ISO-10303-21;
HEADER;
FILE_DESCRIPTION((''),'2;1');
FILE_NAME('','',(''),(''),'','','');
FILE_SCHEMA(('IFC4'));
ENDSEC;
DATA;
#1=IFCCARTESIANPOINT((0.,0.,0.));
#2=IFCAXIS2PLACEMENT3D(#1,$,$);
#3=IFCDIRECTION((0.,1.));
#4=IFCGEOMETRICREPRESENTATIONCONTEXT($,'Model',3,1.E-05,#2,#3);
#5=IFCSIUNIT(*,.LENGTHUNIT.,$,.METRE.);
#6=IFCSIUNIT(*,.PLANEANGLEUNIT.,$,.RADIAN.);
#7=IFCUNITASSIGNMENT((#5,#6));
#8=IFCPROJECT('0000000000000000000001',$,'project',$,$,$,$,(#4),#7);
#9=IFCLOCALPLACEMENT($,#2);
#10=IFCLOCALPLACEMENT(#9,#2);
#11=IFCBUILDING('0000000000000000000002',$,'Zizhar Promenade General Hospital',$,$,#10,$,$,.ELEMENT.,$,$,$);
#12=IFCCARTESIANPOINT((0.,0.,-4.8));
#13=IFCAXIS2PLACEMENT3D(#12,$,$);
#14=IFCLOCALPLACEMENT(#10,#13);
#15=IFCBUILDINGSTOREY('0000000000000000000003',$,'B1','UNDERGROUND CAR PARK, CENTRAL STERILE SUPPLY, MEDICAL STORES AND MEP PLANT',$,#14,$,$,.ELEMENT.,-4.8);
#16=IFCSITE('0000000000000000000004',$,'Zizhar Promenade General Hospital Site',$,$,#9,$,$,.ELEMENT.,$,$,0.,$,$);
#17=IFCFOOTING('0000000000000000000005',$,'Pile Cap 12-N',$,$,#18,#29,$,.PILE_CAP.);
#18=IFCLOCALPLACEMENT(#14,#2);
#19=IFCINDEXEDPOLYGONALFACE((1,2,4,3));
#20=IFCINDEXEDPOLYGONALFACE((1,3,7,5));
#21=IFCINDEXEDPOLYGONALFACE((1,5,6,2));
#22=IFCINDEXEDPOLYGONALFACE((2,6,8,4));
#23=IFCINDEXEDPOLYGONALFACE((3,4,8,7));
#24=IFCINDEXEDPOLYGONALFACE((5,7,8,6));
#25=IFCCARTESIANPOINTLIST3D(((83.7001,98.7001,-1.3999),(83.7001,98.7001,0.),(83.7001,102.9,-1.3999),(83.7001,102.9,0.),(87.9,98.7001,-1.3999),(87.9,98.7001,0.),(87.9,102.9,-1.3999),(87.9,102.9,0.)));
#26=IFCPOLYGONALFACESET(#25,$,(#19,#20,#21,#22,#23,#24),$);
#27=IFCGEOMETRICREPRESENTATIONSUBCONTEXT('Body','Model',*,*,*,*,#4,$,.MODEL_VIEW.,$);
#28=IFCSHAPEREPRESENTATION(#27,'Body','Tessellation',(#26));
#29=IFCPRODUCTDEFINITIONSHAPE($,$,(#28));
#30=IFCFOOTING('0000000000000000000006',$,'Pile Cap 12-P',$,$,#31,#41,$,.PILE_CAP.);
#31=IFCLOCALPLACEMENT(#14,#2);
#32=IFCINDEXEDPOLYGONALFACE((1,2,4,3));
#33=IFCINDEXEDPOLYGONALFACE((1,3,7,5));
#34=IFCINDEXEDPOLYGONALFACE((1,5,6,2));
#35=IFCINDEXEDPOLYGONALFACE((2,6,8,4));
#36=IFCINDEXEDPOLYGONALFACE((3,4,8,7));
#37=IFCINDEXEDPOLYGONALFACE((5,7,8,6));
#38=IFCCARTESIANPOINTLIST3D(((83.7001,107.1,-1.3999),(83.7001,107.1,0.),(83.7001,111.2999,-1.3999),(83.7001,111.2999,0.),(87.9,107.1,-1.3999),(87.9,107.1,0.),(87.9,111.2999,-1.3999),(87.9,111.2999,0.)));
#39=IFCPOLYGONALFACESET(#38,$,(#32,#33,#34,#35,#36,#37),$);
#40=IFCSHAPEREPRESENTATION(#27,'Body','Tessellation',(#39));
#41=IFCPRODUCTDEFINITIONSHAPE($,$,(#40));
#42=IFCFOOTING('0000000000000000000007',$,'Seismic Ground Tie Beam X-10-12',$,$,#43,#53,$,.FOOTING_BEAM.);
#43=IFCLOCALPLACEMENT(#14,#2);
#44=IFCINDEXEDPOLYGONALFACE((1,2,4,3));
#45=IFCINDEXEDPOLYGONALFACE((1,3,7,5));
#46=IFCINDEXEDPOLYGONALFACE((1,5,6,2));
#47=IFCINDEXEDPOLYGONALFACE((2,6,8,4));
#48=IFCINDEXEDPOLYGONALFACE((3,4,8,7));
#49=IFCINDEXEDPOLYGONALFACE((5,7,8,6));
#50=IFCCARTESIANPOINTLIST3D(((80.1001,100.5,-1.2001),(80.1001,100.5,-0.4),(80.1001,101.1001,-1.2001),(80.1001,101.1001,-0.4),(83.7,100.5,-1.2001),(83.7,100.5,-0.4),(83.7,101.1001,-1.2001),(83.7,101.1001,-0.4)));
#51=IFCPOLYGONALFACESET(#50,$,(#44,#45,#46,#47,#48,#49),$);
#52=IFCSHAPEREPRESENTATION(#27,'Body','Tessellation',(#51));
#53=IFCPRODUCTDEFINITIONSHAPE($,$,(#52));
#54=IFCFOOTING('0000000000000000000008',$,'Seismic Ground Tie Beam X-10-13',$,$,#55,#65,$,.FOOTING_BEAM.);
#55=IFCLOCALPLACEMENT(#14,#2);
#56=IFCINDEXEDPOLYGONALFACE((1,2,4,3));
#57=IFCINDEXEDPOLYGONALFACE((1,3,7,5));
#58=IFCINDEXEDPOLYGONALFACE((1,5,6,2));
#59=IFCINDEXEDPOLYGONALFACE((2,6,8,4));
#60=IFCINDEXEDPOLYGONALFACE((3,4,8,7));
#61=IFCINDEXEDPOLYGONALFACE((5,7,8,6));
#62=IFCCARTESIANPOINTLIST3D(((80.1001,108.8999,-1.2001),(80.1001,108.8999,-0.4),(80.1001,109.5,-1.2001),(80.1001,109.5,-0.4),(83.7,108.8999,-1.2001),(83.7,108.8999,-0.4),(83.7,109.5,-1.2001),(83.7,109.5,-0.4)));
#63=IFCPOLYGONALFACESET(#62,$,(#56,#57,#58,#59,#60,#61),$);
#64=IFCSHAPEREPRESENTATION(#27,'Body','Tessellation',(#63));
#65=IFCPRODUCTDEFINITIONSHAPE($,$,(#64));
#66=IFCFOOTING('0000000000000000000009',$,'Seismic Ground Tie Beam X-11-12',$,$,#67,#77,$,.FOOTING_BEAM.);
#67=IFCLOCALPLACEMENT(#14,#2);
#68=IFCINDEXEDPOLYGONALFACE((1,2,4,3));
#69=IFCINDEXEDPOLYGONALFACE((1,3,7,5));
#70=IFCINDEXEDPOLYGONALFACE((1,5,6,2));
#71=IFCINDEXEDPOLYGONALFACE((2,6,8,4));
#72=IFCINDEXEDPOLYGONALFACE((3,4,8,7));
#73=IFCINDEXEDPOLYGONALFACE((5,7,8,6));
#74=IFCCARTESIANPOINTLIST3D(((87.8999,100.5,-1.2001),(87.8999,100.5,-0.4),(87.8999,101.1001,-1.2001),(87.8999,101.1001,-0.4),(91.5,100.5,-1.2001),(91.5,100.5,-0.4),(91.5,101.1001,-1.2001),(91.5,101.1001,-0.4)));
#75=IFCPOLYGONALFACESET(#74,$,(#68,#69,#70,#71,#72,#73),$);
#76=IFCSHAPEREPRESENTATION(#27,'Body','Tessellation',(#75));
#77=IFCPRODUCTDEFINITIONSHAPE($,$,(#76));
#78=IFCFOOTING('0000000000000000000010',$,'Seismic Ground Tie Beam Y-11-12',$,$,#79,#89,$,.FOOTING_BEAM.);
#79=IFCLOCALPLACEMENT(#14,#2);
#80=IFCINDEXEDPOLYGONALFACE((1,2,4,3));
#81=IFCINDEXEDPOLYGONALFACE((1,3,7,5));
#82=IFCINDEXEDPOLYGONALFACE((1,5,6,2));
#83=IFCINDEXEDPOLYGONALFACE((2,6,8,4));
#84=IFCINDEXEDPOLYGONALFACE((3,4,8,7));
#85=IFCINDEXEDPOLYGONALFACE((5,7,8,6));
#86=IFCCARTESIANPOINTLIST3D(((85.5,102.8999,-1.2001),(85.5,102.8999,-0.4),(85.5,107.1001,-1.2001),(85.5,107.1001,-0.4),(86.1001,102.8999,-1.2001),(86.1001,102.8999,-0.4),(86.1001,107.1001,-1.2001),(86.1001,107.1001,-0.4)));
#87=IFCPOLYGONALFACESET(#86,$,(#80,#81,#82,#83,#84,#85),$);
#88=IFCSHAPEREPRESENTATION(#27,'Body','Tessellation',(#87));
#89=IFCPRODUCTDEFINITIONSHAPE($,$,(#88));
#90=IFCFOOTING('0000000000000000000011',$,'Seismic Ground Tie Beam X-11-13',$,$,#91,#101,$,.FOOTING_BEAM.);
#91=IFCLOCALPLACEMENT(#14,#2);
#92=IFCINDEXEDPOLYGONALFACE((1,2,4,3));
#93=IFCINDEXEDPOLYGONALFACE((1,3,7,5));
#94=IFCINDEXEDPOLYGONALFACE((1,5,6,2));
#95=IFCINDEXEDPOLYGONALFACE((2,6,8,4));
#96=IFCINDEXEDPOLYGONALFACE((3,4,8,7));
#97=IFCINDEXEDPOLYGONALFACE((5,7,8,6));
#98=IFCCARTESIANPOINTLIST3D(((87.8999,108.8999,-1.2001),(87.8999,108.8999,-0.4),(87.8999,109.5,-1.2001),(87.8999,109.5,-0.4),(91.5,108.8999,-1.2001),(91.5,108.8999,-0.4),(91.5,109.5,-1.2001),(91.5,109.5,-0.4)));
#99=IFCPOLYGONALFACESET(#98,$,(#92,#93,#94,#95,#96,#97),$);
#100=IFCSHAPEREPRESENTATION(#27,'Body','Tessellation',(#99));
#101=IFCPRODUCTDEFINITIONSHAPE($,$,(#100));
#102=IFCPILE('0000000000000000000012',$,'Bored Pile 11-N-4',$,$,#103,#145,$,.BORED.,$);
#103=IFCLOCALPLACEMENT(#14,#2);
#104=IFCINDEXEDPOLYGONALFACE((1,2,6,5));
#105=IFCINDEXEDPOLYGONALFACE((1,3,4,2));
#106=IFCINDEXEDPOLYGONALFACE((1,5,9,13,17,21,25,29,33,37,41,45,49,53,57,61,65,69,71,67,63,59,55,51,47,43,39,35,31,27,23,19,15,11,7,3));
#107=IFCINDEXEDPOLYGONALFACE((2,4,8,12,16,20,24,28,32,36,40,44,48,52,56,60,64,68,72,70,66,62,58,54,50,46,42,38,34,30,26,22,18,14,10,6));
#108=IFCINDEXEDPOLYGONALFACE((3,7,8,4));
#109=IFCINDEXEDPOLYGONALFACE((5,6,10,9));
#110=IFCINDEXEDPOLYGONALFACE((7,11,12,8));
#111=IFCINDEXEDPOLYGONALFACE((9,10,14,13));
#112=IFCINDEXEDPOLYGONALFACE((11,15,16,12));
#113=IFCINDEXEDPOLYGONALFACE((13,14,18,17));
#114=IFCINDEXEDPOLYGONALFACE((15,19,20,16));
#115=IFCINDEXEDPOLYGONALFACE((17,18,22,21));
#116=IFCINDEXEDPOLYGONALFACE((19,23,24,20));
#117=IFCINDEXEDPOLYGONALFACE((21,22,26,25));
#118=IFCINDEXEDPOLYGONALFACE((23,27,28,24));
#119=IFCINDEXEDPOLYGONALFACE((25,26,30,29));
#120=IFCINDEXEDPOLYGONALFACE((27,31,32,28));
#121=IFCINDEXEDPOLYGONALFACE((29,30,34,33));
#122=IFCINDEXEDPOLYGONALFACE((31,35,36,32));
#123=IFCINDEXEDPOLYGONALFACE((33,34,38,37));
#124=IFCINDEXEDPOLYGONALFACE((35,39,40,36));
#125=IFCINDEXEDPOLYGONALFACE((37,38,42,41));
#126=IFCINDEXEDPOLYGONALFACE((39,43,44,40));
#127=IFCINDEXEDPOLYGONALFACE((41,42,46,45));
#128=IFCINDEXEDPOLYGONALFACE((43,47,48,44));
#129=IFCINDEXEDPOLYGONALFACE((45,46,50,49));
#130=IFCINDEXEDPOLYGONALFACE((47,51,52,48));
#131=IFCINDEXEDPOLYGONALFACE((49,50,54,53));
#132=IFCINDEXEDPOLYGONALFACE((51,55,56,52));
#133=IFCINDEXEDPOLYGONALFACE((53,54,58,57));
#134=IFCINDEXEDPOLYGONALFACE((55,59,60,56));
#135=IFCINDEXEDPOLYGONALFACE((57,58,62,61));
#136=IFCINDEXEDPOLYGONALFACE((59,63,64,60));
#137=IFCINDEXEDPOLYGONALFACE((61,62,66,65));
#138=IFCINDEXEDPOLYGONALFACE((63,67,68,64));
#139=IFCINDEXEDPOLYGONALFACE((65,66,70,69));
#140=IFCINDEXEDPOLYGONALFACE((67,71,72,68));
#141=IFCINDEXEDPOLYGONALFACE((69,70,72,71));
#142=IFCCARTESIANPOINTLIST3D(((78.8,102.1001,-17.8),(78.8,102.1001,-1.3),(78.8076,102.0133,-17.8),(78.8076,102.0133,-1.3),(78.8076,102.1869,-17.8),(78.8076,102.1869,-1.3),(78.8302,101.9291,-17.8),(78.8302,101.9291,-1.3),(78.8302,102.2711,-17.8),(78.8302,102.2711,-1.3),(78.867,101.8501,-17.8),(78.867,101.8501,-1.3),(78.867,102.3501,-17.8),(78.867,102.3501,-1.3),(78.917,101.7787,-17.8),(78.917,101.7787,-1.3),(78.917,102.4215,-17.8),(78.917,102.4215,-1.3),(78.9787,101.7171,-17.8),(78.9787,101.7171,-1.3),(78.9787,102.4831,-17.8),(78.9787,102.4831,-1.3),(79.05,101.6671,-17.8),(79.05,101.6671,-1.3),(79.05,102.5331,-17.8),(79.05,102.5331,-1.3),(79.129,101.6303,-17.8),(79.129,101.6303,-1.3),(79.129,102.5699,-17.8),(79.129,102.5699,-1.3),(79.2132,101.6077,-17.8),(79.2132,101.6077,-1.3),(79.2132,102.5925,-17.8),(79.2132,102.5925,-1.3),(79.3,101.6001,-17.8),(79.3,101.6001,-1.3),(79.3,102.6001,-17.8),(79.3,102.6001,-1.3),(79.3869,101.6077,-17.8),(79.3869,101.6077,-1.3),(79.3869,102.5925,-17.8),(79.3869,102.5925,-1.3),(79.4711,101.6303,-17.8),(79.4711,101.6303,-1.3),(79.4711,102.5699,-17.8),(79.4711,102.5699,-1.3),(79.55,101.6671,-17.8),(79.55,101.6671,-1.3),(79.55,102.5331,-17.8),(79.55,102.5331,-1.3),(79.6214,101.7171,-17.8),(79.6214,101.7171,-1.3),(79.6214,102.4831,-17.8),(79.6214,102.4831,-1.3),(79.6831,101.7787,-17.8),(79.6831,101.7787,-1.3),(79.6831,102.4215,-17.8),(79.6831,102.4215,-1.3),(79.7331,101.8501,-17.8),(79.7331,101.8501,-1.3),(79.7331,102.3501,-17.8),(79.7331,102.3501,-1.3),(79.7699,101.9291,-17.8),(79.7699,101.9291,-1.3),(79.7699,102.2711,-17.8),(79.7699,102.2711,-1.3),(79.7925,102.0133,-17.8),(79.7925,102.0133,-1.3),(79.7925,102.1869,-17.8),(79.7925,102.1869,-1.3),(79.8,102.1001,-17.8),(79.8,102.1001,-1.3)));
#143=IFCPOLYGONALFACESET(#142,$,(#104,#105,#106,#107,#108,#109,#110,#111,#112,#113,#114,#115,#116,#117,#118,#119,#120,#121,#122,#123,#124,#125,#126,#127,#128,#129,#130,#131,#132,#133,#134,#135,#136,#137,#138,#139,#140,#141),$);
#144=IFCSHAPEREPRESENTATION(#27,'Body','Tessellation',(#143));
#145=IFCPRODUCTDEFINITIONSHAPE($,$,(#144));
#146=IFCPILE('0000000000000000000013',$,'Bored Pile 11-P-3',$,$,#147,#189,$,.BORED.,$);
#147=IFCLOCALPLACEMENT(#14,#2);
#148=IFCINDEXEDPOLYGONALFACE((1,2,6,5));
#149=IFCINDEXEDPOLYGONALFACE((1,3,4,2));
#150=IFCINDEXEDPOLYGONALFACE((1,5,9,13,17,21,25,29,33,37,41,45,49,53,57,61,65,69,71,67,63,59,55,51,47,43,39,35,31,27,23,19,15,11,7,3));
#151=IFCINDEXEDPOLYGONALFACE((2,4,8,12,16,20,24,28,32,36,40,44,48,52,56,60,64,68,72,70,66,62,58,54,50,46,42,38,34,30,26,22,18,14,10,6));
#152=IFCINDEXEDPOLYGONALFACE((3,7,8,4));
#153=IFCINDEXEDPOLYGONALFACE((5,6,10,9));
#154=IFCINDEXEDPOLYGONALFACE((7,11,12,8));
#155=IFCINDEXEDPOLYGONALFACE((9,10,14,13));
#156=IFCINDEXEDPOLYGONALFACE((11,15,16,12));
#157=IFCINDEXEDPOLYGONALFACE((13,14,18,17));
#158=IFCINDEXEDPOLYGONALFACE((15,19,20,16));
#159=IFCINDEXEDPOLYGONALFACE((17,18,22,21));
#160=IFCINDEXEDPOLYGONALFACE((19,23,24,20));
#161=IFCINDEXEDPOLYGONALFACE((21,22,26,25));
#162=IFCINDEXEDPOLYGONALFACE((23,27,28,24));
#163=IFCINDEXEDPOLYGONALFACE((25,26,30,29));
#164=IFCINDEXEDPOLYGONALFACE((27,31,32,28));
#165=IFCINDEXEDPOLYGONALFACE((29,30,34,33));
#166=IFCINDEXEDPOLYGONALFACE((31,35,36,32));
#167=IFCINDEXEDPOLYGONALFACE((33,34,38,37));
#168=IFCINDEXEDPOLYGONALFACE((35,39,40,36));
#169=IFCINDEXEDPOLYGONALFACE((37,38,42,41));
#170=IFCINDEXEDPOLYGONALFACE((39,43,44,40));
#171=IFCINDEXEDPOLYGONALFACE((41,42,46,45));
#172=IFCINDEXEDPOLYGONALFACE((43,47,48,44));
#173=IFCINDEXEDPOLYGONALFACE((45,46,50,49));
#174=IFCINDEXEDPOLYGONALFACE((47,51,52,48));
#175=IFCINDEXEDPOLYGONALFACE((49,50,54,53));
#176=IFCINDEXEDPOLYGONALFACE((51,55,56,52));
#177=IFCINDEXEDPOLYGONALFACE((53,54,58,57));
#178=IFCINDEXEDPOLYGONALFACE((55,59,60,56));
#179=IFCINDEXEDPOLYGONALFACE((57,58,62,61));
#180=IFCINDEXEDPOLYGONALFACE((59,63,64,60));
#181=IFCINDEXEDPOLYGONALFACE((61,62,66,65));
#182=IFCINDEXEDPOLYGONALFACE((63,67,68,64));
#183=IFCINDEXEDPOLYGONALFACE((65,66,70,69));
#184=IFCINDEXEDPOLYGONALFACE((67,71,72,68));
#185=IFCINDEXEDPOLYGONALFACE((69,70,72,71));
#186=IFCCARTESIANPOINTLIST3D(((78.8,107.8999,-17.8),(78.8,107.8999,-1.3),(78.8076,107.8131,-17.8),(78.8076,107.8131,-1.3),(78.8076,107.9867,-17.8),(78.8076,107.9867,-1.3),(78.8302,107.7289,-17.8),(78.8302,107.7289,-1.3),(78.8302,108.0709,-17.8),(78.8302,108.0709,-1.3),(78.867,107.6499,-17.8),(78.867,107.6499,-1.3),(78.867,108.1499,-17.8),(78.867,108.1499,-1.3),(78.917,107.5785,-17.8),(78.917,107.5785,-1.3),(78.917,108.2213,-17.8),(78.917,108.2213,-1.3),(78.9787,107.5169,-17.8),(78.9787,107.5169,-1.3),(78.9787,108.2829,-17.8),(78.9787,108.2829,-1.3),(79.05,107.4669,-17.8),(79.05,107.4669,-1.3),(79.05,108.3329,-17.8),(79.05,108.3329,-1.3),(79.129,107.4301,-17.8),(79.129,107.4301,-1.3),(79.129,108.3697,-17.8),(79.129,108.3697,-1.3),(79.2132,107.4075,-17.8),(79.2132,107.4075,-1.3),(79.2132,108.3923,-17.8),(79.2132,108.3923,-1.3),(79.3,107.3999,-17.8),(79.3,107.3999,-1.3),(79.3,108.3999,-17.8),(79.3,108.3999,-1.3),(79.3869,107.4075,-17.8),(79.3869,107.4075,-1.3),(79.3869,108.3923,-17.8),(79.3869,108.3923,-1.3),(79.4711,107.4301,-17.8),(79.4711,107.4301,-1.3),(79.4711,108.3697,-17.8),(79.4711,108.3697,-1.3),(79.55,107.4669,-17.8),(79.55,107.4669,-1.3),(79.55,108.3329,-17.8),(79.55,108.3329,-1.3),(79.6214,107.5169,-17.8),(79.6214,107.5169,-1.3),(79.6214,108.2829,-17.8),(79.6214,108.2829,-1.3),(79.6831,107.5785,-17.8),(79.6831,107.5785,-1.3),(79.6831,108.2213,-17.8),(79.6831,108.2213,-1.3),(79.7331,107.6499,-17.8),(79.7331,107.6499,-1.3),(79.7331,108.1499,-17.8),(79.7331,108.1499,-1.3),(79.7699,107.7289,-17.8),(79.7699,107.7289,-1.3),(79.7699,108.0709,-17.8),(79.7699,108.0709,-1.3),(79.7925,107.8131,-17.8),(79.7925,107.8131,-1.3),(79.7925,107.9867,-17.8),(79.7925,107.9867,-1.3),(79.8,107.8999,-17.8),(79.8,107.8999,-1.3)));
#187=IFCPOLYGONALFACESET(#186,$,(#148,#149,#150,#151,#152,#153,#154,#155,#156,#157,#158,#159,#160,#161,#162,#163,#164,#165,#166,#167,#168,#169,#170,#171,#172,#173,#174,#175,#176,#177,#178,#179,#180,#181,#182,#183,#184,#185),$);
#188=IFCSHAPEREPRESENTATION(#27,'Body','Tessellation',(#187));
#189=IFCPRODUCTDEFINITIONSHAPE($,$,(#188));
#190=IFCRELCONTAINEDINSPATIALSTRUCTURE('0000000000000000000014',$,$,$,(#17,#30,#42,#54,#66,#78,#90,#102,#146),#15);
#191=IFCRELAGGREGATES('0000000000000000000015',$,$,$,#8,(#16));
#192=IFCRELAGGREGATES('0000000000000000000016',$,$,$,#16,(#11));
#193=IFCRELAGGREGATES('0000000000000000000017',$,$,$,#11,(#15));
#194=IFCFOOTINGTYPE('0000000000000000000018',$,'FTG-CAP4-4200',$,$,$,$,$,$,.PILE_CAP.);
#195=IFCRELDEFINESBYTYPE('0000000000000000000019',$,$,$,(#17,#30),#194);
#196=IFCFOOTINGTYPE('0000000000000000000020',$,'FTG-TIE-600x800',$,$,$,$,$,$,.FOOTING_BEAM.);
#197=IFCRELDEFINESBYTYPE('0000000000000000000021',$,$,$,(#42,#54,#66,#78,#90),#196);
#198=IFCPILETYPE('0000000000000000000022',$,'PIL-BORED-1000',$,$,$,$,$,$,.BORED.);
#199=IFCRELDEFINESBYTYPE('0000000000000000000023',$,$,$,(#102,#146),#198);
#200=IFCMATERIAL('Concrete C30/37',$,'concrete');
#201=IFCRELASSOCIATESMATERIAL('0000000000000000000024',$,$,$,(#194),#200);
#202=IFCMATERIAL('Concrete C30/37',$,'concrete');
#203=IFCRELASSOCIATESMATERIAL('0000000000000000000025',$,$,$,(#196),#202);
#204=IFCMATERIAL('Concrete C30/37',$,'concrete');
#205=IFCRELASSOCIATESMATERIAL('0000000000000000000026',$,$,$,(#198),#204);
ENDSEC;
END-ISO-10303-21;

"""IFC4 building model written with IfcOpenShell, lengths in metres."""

from ifc_helpers import new_model, si_unit, direction, frame, origin, origin_2d, place, context, subcontext, project, spatial, rectangle, circle, extrude, material, material_profile, profile_set, type_object, element, save


model = new_model("IFC4")

# Units and contexts
model_context = context("Model", 3, precision=1e-05, world=origin(), true_north=direction((0.0, 1.0)))
body_context = subcontext(model_context, "Body", "Model", "MODEL_VIEW")
ifc_project = project(units=[si_unit("LENGTHUNIT", "METRE"), si_unit("PLANEANGLEUNIT", "RADIAN")], contexts=[model_context])

# Site, building, storey
site_placement = place(None, origin())
site = spatial("IfcSite", under=ifc_project, at=site_placement, Name="Zizhar Promenade General Hospital Site", CompositionType="ELEMENT", RefElevation=0.0)
building_placement = place(site_placement, origin())
building = spatial("IfcBuilding", under=site, at=building_placement, Name="Zizhar Promenade General Hospital", CompositionType="ELEMENT")
storey_placement = place(building_placement, frame((0.0, 0.0, -4.8)))
storey = spatial("IfcBuildingStorey", under=building, at=storey_placement, Name="B1", Description="UNDERGROUND CAR PARK, CENTRAL STERILE SUPPLY, MEDICAL STORES AND MEP PLANT", CompositionType="ELEMENT", Elevation=-4.8)

# Footings
ifc_material_1 = material(Name="Concrete C30/37", Category="concrete")
footing_type_1 = type_object("IfcFootingType", Name="FTG-CAP4-4200", PredefinedType="PILE_CAP", material=ifc_material_1)
for number, where, z_axis, x_axis, name in (
    (1, (85.8, 100.8, -1.3999), (0.0, 0.0, 1.0), (1.0, 0.0, 0.0), "Pile Cap 12-N"),
    (2, (85.8, 109.2, -1.3999), (0.0, 0.0, 1.0), (1.0, 0.0, 0.0), "Pile Cap 12-P"),
):
    element("IfcFooting", number, at=place(storey_placement, frame(where, z_axis=z_axis, x_axis=x_axis)), inside=storey, type_object=footing_type_1, Name=name, PredefinedType="PILE_CAP", context=body_context, shape_type="SweptSolid", body=[
        extrude(rectangle(XDim=4.2, YDim=4.2, at=origin_2d()), origin(), (0.0, 0.0, 1.0), 1.3999),
    ])
ifc_material_2 = material(Name="Concrete C30/37", Category="concrete")
ifc_material_profile_1 = material_profile(ifc_material_2, rectangle(XDim=0.6001, YDim=0.8, at=origin_2d()))
ifc_profile_set_1 = profile_set([ifc_material_profile_1], Name="Concrete C30/37")
footing_type_2 = type_object("IfcFootingType", Name="FTG-TIE-600x800", PredefinedType="FOOTING_BEAM", material=ifc_profile_set_1)
for number, where, z_axis, x_axis, name in (
    (3, (80.1001, 100.8, -0.8), (1.0, 0.0, 0.0), (0.0, 1.0, 0.0), "Seismic Ground Tie Beam X-10-12"),
    (4, (80.1001, 109.2, -0.8), (1.0, 0.0, 0.0), (0.0, 1.0, 0.0), "Seismic Ground Tie Beam X-10-13"),
):
    element("IfcFooting", number, at=place(storey_placement, frame(where, z_axis=z_axis, x_axis=x_axis)), inside=storey, type_object=footing_type_2, Name=name, PredefinedType="FOOTING_BEAM", context=body_context, shape_type="SweptSolid", body=[
        extrude(rectangle(XDim=0.6001, YDim=0.8, at=origin_2d()), origin(), (0.0, 0.0, 1.0), 3.5999),
    ])
footing_1_placement = place(storey_placement, frame((87.8999, 100.8, -0.8), z_axis=(1.0, 0.0, 0.0), x_axis=(0.0, 1.0, 0.0)))
element("IfcFooting", 5, at=footing_1_placement, inside=storey, type_object=footing_type_2, Name="Seismic Ground Tie Beam X-11-12", PredefinedType="FOOTING_BEAM", context=body_context, shape_type="SweptSolid", body=[
    extrude(rectangle(XDim=0.6001, YDim=0.8, at=origin_2d()), origin(), (0.0, 0.0, 1.0), 3.6001),
])
footing_2_placement = place(storey_placement, frame((85.8, 102.8999, -0.8), z_axis=(0.0, 1.0, 0.0), x_axis=(-1.0, 0.0, 0.0)))
element("IfcFooting", 6, at=footing_2_placement, inside=storey, type_object=footing_type_2, Name="Seismic Ground Tie Beam Y-11-12", PredefinedType="FOOTING_BEAM", context=body_context, shape_type="SweptSolid", body=[
    extrude(rectangle(XDim=0.6001, YDim=0.8, at=origin_2d()), origin(), (0.0, 0.0, 1.0), 4.2002),
])
footing_3_placement = place(storey_placement, frame((87.8999, 109.2, -0.8), z_axis=(1.0, 0.0, 0.0), x_axis=(0.0, 1.0, 0.0)))
element("IfcFooting", 7, at=footing_3_placement, inside=storey, type_object=footing_type_2, Name="Seismic Ground Tie Beam X-11-13", PredefinedType="FOOTING_BEAM", context=body_context, shape_type="SweptSolid", body=[
    extrude(rectangle(XDim=0.6001, YDim=0.8, at=origin_2d()), origin(), (0.0, 0.0, 1.0), 3.6001),
])

# Piles
ifc_material_3 = material(Name="Concrete C30/37", Category="concrete")
ifc_material_profile_2 = material_profile(ifc_material_3, circle(Radius=0.5, at=origin_2d()))
ifc_profile_set_2 = profile_set([ifc_material_profile_2], Name="Concrete C30/37")
pile_type = type_object("IfcPileType", Name="PIL-BORED-1000", PredefinedType="BORED", material=ifc_profile_set_2)
for number, where, z_axis, x_axis, name in (
    (8, (79.3, 102.1001, -1.3), (0.0, 0.0, -1.0), (1.0, 0.0, 0.0), "Bored Pile 11-N-4"),
    (9, (79.3, 107.8999, -1.3), (0.0, 0.0, -1.0), (1.0, 0.0, 0.0), "Bored Pile 11-P-3"),
):
    element("IfcPile", number, at=place(storey_placement, frame(where, z_axis=z_axis, x_axis=x_axis)), inside=storey, type_object=pile_type, Name=name, PredefinedType="BORED", context=body_context, shape_type="SweptSolid", body=[
        extrude(circle(Radius=0.5, at=origin_2d()), origin(), (0.0, 0.0, 1.0), 16.5),
    ])

save(model, "model.ifc")
